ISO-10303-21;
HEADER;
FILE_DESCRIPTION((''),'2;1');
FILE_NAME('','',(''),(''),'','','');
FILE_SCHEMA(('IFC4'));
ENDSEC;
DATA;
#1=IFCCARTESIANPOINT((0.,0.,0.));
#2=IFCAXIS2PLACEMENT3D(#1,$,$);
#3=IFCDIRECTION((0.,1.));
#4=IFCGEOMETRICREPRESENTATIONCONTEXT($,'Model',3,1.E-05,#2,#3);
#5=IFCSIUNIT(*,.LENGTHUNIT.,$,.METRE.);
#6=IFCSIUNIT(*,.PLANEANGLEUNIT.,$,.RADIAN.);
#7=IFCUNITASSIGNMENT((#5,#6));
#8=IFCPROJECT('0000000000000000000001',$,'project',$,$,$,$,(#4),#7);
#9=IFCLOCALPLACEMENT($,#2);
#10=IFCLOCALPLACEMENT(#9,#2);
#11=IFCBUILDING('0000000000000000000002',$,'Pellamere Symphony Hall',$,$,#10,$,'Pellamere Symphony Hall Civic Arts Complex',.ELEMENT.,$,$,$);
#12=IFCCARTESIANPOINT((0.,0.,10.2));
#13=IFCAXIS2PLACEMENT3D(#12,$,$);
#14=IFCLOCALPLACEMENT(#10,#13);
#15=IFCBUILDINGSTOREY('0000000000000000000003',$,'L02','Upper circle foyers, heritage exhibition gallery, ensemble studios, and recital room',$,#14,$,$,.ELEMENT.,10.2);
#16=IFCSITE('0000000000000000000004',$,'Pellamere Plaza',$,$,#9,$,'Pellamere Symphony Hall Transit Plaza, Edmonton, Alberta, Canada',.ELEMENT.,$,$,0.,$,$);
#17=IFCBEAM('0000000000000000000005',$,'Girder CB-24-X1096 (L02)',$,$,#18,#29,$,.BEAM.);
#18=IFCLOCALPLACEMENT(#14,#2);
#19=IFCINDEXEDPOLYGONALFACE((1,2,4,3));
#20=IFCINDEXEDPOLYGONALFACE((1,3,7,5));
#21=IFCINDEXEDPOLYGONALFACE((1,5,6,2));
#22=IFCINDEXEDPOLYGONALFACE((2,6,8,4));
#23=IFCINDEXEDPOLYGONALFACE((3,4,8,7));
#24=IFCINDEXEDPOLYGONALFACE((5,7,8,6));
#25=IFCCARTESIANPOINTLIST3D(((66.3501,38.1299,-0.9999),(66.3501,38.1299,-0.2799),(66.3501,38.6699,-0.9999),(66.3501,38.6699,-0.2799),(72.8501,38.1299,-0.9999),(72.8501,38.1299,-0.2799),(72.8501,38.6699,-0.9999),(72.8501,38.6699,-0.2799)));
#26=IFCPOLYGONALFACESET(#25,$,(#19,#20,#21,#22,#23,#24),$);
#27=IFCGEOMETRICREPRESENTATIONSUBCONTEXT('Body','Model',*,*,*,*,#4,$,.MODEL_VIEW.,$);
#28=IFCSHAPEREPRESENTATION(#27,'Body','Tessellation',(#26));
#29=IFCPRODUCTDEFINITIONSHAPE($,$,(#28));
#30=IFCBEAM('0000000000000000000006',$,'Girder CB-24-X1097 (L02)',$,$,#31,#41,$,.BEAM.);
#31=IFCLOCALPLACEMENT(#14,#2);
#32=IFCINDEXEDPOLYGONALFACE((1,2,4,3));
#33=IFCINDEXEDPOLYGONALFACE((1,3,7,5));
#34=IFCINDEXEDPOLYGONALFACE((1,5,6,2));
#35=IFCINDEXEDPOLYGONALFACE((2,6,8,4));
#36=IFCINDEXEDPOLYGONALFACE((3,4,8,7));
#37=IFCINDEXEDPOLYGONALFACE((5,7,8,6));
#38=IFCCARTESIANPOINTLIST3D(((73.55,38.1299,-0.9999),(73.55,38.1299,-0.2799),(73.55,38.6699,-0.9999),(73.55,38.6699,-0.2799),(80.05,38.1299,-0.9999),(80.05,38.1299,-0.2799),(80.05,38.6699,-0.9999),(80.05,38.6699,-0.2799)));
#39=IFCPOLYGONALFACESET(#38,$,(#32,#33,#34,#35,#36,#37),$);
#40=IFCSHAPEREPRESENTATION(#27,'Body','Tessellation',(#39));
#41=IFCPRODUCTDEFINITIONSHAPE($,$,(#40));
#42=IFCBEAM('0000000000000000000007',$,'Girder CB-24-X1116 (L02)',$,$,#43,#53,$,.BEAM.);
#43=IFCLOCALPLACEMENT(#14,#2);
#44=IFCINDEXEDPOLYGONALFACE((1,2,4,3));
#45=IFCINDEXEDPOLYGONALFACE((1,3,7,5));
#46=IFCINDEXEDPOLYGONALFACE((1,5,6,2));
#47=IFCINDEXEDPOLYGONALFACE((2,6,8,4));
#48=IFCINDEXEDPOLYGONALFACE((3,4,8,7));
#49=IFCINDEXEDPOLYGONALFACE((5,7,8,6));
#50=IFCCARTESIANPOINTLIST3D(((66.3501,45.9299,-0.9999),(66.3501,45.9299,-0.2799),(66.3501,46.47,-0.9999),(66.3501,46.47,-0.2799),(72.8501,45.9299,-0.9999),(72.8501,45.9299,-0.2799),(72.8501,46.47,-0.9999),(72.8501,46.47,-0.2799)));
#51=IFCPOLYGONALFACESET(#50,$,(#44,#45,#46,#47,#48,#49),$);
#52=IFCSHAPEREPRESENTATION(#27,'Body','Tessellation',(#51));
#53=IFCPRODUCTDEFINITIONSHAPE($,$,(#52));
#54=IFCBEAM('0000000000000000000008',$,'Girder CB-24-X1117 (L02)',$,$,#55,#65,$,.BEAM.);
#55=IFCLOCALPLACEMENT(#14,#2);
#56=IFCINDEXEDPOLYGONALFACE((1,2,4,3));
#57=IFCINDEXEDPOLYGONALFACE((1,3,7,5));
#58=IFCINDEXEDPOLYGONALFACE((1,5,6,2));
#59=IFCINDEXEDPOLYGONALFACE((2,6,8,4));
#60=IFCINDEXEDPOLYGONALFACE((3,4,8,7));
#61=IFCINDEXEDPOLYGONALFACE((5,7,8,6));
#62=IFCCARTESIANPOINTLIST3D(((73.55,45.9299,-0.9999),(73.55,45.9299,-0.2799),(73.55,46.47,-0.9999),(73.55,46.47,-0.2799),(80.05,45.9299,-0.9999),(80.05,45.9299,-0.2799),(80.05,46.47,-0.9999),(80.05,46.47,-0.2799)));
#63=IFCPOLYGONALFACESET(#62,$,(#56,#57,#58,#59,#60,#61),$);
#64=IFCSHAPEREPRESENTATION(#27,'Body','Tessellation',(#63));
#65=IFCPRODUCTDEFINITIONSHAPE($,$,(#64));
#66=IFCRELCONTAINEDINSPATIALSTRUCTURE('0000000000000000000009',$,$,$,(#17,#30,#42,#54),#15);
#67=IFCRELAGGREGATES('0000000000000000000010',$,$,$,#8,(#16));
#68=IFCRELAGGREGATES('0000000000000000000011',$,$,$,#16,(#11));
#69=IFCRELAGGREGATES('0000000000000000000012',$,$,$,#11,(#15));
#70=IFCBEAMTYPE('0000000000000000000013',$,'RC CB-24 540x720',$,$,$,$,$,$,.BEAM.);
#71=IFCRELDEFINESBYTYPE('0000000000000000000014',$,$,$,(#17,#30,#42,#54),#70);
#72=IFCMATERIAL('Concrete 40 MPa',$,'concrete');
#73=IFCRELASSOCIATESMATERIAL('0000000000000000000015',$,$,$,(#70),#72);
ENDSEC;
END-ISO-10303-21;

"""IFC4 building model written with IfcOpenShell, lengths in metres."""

from ifc_helpers import new_model, si_unit, direction, frame, origin, origin_2d, place, context, subcontext, project, spatial, rectangle, extrude, material, material_profile, profile_set, type_object, element, save


model = new_model("IFC4")

# Units and contexts
model_context = context("Model", 3, precision=1e-05, world=origin(), true_north=direction((0.0, 1.0)))
body_context = subcontext(model_context, "Body", "Model", "MODEL_VIEW")
ifc_project = project(units=[si_unit("LENGTHUNIT", "METRE"), si_unit("PLANEANGLEUNIT", "RADIAN")], contexts=[model_context])

# Site, building, storey
site_placement = place(None, origin())
site = spatial("IfcSite", under=ifc_project, at=site_placement, Name="Pellamere Plaza", LongName="Pellamere Symphony Hall Transit Plaza, Edmonton, Alberta, Canada", CompositionType="ELEMENT", RefElevation=0.0)
building_placement = place(site_placement, origin())
building = spatial("IfcBuilding", under=site, at=building_placement, Name="Pellamere Symphony Hall", LongName="Pellamere Symphony Hall Civic Arts Complex", CompositionType="ELEMENT")
storey_placement = place(building_placement, frame((0.0, 0.0, 10.2)))
storey = spatial("IfcBuildingStorey", under=building, at=storey_placement, Name="L02", Description="Upper circle foyers, heritage exhibition gallery, ensemble studios, and recital room", CompositionType="ELEMENT", Elevation=10.2)

# Shared definitions
ifc_material_1 = material(Name="Concrete 40 MPa", Category="concrete")

# Beams
ifc_material_profile_1 = material_profile(ifc_material_1, rectangle(XDim=0.54, YDim=0.72, at=origin_2d()), Name="RC 540x720")
ifc_profile_set_1 = profile_set([ifc_material_profile_1], Name="Concrete 40 MPa")
beam_type_1 = type_object("IfcBeamType", Name="RC CB-24 540x720", PredefinedType="BEAM", material=ifc_profile_set_1)
for number, where, z_axis, x_axis, name in (
    (1, (66.3501, 38.3999, -0.6399), (1.0, 0.0, 0.0), (0.0, 1.0, 0.0), "Girder CB-24-X1096 (L02)"),
    (2, (73.55, 38.3999, -0.6399), (1.0, 0.0, 0.0), (0.0, 1.0, 0.0), "Girder CB-24-X1097 (L02)"),
    (3, (66.3501, 46.2, -0.6399), (1.0, 0.0, 0.0), (0.0, 1.0, 0.0), "Girder CB-24-X1116 (L02)"),
    (4, (73.55, 46.2, -0.6399), (1.0, 0.0, 0.0), (0.0, 1.0, 0.0), "Girder CB-24-X1117 (L02)"),
):
    element("IfcBeam", number, at=place(storey_placement, frame(where, z_axis=z_axis, x_axis=x_axis)), inside=storey, type_object=beam_type_1, Name=name, PredefinedType="BEAM", context=body_context, shape_type="SweptSolid", body=[
        extrude(rectangle(XDim=0.54, YDim=0.72, at=origin_2d()), origin(), (0.0, 0.0, 1.0), 6.5),
    ])

save(model, "model.ifc")
